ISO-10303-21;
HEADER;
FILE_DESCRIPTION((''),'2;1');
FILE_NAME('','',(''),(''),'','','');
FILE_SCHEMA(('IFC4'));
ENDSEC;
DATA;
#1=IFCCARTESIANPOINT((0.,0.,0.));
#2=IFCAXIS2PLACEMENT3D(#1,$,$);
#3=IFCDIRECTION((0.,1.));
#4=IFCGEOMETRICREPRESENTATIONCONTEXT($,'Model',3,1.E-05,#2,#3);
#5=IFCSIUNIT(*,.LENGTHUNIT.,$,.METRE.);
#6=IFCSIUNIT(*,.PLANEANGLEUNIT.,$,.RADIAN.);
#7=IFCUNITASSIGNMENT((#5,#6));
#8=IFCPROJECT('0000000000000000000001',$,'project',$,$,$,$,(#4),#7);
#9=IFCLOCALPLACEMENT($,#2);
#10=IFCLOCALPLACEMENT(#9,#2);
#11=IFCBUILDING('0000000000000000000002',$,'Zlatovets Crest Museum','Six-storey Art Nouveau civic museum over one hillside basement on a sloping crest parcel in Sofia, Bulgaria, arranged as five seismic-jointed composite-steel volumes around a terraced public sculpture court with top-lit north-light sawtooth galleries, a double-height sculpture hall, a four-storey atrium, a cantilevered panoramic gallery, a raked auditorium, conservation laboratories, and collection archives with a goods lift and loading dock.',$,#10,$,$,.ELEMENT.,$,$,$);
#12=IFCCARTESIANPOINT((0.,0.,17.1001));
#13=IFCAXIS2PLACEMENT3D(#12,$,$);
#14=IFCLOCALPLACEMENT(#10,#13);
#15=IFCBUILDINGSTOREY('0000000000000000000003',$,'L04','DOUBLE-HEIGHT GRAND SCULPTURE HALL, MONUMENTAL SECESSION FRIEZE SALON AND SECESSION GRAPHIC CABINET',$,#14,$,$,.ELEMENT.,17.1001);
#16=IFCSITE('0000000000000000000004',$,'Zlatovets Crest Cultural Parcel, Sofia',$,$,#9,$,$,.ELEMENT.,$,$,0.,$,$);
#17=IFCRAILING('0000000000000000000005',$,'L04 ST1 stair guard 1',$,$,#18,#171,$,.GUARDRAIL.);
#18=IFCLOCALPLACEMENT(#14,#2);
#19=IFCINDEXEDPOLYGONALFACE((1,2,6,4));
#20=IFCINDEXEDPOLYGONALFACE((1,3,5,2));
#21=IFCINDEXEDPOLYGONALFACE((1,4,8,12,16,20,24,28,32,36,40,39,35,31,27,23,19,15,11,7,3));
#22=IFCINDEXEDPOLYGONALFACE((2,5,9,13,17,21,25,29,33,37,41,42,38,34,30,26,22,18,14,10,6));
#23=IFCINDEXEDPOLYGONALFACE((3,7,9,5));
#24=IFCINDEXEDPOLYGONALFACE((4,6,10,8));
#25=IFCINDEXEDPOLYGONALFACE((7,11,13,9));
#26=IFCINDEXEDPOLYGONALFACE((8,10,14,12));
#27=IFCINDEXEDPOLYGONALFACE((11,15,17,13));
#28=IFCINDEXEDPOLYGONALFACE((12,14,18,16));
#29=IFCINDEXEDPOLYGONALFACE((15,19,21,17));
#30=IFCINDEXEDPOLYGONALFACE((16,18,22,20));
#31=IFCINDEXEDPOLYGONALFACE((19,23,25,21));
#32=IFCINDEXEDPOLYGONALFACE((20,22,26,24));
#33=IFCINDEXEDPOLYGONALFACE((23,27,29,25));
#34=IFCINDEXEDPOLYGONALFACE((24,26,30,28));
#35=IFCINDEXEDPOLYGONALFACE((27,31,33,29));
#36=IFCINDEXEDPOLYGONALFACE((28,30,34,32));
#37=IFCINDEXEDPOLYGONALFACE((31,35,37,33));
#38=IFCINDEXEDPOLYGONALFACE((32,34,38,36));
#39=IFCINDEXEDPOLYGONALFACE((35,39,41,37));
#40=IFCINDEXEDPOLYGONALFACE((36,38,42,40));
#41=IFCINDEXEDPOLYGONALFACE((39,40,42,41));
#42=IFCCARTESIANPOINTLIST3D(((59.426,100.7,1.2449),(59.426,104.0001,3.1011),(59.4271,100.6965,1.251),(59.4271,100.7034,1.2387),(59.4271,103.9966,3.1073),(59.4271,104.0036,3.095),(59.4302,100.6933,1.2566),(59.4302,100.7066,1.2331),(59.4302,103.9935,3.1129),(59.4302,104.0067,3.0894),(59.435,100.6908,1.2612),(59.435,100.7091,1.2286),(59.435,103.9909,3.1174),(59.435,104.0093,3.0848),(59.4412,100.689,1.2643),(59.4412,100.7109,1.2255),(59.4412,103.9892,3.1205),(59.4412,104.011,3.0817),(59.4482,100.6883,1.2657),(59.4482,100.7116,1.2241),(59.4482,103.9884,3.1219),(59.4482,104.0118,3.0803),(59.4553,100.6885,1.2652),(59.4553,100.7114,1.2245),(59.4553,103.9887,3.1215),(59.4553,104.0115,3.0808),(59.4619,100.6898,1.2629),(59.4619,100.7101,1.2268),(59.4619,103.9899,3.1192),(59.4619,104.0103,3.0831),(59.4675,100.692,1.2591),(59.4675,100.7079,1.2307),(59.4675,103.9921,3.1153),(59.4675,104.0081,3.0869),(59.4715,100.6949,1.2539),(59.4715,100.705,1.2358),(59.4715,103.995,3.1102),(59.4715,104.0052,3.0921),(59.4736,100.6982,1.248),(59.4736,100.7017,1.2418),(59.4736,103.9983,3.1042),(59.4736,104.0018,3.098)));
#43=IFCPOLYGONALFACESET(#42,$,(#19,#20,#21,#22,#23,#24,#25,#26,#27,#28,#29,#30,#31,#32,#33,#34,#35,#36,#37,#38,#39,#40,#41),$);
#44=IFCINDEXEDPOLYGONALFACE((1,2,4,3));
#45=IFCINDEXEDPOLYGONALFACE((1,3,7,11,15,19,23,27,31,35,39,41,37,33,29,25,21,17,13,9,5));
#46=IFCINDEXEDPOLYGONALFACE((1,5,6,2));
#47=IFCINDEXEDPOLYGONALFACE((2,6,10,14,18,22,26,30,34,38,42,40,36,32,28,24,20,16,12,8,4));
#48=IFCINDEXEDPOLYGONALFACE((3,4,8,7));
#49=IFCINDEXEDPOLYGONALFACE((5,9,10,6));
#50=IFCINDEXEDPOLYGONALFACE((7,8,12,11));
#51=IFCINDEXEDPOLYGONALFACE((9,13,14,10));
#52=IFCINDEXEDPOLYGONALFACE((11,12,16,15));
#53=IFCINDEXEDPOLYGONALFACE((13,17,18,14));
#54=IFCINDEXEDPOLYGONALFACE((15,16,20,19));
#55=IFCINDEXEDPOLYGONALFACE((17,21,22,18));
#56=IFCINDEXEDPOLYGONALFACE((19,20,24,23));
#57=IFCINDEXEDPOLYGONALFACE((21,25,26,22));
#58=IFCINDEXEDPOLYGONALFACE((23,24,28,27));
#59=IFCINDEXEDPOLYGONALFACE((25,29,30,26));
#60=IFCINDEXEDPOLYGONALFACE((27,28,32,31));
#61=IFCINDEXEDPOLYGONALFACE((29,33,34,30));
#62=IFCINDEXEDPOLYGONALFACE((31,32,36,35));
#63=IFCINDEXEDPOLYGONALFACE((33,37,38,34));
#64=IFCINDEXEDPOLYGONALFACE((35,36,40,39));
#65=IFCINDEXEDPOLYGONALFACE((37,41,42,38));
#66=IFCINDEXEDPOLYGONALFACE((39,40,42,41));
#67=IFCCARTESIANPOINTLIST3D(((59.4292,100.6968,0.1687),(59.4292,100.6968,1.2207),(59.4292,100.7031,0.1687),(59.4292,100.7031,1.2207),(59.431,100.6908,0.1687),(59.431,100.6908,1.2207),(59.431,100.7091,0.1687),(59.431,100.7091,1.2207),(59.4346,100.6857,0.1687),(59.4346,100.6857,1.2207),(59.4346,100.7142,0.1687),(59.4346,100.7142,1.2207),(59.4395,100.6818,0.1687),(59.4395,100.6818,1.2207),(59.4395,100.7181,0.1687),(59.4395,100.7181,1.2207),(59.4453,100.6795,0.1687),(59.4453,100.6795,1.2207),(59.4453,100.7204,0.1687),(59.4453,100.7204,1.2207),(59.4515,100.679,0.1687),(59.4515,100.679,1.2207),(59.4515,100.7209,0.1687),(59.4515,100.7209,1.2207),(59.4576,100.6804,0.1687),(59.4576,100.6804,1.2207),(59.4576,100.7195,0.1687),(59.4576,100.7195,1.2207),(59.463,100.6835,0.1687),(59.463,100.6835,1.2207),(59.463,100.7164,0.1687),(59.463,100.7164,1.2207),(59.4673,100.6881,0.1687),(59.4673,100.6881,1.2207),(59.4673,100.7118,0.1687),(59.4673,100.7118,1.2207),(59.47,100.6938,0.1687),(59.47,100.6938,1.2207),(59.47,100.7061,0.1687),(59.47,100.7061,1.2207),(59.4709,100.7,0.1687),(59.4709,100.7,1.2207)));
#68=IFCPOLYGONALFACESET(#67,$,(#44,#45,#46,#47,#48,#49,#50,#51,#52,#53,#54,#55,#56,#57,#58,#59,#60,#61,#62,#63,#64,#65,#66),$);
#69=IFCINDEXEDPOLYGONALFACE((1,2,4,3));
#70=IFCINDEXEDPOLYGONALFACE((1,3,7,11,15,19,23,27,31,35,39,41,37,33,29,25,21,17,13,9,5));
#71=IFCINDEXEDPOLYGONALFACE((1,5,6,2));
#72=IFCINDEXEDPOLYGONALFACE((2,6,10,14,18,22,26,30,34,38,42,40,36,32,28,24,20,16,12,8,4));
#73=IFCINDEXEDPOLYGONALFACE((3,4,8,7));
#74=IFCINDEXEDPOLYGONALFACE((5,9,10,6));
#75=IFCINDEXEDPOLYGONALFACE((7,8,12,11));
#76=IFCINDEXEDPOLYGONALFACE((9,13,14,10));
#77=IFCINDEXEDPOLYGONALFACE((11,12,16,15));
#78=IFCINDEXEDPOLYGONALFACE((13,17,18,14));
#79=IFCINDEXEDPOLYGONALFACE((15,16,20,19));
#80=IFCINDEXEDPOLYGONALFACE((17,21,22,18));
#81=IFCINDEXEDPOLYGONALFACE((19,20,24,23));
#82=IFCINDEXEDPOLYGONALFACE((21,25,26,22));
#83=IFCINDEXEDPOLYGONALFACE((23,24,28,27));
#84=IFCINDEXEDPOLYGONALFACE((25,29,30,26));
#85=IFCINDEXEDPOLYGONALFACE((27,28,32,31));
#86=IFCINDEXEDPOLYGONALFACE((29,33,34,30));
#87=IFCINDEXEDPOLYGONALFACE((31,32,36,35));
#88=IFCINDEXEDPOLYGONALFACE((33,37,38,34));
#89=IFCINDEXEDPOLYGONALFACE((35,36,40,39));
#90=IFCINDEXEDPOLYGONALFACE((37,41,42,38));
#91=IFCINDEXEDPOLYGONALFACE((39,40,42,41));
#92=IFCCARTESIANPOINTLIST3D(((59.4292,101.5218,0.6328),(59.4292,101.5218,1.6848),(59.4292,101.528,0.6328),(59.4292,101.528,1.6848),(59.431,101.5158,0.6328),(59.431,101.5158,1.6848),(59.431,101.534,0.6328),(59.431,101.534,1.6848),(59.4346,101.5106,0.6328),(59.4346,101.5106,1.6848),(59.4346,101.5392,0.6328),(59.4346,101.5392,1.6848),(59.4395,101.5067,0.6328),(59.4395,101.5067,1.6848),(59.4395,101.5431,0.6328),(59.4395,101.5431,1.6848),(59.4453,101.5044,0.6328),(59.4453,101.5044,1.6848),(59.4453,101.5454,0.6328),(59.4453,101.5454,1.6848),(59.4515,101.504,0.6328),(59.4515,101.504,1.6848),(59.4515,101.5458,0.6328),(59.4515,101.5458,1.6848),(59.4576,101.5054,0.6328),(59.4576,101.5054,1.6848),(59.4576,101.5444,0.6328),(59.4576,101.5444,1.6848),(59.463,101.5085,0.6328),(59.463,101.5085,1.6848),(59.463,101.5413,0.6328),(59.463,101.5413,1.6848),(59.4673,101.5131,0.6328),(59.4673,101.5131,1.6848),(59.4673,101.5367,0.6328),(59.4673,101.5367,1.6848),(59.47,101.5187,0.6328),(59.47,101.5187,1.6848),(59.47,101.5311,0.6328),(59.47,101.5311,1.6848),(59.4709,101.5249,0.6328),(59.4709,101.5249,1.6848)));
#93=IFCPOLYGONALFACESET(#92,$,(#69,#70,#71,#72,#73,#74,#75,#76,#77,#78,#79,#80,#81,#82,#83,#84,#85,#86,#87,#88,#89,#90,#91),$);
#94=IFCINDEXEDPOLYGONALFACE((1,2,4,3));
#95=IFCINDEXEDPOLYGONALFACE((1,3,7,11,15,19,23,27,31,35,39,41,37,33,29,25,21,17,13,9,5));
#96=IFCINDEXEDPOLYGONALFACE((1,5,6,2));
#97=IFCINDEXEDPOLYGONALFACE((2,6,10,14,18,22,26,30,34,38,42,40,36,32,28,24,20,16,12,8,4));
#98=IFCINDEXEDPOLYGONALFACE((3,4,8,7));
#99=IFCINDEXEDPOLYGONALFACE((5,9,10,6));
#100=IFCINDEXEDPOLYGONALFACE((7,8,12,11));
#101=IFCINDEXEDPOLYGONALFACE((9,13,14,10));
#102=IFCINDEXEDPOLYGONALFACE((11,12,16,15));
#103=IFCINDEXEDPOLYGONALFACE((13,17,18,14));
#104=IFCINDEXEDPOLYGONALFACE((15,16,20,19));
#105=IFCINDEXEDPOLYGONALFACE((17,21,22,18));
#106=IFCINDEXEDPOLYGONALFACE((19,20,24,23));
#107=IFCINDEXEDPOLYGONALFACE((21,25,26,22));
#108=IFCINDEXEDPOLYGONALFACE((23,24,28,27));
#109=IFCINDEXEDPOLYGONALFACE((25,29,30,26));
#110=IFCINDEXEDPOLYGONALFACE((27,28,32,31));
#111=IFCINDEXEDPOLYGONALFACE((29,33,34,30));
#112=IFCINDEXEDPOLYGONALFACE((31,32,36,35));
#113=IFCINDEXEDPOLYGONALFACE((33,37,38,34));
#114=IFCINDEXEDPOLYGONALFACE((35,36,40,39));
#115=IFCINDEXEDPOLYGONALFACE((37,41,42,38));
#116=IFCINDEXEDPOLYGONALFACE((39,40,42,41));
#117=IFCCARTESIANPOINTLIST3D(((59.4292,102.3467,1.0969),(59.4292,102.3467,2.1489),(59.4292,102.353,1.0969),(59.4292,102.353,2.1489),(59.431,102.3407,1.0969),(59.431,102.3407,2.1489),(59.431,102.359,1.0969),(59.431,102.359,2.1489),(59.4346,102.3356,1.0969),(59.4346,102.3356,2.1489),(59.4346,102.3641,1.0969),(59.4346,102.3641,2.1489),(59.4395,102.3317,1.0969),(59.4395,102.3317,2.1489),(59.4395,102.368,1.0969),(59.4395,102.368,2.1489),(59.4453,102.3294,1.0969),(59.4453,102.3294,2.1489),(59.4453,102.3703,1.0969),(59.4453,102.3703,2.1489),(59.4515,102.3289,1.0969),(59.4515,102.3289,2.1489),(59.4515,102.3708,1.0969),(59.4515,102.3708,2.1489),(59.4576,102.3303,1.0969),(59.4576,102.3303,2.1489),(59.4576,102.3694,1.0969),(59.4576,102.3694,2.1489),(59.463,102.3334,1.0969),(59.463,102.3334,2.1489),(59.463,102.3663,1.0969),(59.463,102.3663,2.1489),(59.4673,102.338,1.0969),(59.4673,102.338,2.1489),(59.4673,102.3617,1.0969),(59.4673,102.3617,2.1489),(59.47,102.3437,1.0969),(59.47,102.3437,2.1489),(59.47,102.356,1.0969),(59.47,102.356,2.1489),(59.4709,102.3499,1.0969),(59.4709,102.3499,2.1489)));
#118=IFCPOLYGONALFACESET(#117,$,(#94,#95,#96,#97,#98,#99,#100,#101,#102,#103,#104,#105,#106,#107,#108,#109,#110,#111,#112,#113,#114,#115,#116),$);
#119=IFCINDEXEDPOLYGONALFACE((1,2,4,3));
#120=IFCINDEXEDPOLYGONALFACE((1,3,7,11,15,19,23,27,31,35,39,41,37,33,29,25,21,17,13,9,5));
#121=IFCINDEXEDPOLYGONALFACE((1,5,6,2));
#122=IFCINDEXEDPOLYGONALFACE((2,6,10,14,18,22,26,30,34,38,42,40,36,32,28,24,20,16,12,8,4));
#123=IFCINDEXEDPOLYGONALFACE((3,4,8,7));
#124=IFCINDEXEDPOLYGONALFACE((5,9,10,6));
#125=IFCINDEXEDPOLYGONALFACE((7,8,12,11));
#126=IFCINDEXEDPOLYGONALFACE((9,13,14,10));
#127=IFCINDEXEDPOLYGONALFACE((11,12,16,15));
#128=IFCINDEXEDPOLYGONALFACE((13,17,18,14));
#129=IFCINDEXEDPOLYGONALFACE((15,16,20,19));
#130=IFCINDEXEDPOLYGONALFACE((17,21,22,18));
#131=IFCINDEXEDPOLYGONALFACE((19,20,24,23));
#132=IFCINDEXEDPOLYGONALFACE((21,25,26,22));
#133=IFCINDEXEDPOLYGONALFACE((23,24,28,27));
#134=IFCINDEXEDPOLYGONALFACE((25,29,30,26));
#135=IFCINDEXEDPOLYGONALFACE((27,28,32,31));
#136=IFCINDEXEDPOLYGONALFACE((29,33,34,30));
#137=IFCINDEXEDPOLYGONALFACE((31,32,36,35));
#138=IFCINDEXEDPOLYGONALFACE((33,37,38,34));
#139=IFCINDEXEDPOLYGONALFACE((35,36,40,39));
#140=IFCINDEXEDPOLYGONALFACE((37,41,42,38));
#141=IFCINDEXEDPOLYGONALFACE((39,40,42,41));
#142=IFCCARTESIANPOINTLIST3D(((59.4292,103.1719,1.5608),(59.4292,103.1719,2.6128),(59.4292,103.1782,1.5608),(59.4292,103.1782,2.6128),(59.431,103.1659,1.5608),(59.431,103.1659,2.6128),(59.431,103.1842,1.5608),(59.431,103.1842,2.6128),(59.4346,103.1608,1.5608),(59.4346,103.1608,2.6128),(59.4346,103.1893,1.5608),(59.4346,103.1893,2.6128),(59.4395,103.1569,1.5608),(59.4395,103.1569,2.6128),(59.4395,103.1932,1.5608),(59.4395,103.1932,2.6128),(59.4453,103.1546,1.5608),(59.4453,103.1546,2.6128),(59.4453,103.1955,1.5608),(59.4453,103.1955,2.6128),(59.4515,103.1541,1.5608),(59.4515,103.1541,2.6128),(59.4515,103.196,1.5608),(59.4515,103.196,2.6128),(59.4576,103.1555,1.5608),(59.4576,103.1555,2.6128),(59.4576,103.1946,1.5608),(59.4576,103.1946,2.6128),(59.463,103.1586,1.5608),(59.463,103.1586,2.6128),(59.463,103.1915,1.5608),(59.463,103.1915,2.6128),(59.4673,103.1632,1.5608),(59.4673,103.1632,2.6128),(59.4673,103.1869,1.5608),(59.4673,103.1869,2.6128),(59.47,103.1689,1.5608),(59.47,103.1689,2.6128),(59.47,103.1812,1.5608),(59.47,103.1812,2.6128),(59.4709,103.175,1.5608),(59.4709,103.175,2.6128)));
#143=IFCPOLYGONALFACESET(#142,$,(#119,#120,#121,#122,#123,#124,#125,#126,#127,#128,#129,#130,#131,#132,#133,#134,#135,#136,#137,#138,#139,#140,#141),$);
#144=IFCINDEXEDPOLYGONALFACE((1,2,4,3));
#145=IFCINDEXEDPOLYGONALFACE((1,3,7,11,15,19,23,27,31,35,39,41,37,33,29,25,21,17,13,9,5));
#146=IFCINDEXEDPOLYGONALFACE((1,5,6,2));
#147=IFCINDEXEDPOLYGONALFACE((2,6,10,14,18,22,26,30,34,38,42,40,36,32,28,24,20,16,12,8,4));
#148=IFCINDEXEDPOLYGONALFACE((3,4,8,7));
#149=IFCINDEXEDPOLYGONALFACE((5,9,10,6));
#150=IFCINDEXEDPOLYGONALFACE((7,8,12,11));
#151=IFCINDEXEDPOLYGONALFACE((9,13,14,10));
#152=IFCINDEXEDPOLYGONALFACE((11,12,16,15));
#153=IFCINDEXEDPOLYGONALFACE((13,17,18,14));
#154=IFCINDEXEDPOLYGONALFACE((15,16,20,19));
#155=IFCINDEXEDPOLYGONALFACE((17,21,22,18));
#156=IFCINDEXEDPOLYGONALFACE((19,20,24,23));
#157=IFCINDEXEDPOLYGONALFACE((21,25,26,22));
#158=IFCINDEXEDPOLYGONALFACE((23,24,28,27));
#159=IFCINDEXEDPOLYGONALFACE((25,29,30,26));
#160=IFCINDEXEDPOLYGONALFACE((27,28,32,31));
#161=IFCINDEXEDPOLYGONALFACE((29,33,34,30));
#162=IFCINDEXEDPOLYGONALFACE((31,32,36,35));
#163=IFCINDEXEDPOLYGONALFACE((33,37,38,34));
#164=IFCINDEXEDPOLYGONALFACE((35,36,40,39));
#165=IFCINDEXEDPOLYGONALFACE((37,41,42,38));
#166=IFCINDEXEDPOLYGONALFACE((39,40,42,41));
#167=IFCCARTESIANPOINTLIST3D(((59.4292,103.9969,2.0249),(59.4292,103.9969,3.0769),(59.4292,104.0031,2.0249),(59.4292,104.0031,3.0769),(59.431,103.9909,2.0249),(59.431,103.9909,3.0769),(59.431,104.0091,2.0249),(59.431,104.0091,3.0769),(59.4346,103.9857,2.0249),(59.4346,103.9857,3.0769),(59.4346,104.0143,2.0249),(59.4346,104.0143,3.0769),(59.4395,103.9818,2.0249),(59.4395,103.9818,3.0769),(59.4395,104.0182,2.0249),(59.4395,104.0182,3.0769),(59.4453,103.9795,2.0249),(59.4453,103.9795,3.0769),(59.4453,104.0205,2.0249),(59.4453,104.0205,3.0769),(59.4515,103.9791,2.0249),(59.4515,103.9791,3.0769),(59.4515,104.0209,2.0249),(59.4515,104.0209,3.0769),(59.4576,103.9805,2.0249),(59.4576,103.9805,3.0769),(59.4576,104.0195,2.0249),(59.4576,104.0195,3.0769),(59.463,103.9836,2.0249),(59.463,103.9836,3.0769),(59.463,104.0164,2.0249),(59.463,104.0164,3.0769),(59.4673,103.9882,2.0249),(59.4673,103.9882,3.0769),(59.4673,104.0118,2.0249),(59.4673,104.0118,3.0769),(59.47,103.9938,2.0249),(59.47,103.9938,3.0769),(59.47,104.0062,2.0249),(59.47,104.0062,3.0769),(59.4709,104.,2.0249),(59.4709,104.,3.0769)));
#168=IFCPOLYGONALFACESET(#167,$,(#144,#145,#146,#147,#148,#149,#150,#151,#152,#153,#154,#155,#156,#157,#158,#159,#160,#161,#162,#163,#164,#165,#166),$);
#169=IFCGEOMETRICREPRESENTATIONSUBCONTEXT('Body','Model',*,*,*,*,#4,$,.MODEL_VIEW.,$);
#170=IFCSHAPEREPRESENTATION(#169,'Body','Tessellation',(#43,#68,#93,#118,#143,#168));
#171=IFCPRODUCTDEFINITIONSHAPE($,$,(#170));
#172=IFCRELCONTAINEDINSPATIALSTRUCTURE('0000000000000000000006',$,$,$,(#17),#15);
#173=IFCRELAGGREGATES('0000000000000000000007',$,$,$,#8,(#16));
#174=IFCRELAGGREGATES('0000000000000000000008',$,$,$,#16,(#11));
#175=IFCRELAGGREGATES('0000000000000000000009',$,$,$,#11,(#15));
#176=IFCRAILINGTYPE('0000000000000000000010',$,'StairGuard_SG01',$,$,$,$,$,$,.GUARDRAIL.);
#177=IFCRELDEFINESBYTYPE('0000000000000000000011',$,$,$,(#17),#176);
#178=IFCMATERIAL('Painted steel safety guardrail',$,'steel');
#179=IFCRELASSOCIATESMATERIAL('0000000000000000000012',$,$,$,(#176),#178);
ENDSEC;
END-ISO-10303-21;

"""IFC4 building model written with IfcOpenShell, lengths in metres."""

from ifc_helpers import new_model, si_unit, direction, frame, origin, origin_2d, place, context, subcontext, project, spatial, circle, extrude, material, type_object, element, save


model = new_model("IFC4")

# Units and contexts
model_context = context("Model", 3, precision=1e-05, world=origin(), true_north=direction((0.0, 1.0)))
body_context = subcontext(model_context, "Body", "Model", "MODEL_VIEW")
ifc_project = project(units=[si_unit("LENGTHUNIT", "METRE"), si_unit("PLANEANGLEUNIT", "RADIAN")], contexts=[model_context])

# Site, building, storey
site_placement = place(None, origin())
site = spatial("IfcSite", under=ifc_project, at=site_placement, Name="Zlatovets Crest Cultural Parcel, Sofia", CompositionType="ELEMENT", RefElevation=0.0)
building_placement = place(site_placement, origin())
building = spatial("IfcBuilding", under=site, at=building_placement, Name="Zlatovets Crest Museum", Description="Six-storey Art Nouveau civic museum over one hillside basement on a sloping crest parcel in Sofia, Bulgaria, arranged as five seismic-jointed composite-steel volumes around a terraced public sculpture court with top-lit north-light sawtooth galleries, a double-height sculpture hall, a four-storey atrium, a cantilevered panoramic gallery, a raked auditorium, conservation laboratories, and collection archives with a goods lift and loading dock.", CompositionType="ELEMENT")
storey_placement = place(building_placement, frame((0.0, 0.0, 17.1001)))
storey = spatial("IfcBuildingStorey", under=building, at=storey_placement, Name="L04", Description="DOUBLE-HEIGHT GRAND SCULPTURE HALL, MONUMENTAL SECESSION FRIEZE SALON AND SECESSION GRAPHIC CABINET", CompositionType="ELEMENT", Elevation=17.1001)

# Railing
ifc_material_1 = material(Name="Painted steel safety guardrail", Category="steel")
railing_type = type_object("IfcRailingType", Name="StairGuard_SG01", PredefinedType="GUARDRAIL", material=ifc_material_1)
railing_1_placement = place(storey_placement, frame((59.45, 100.7, 0.1687)))
element("IfcRailing", 1, at=railing_1_placement, inside=storey, type_object=railing_type, Name="L04 ST1 stair guard 1", PredefinedType="GUARDRAIL", context=body_context, shape_type="SweptSolid", body=[
    extrude(circle(Radius=0.0239, at=origin_2d()), frame((0.0, 0.0, 1.0762), z_axis=(0.0, 0.871584, 0.490246), x_axis=(-1.0, 0.0, 0.0)), (0.0, 0.0, 1.0), 3.7864),
    extrude(circle(Radius=0.021, at=origin_2d()), origin(), (0.0, 0.0, 1.0), 1.052),
    extrude(circle(Radius=0.021, at=origin_2d()), frame((0.0, 0.825, 0.4641)), (0.0, 0.0, 1.0), 1.052),
    extrude(circle(Radius=0.021, at=origin_2d()), frame((0.0, 1.6499, 0.9282)), (0.0, 0.0, 1.0), 1.052),
    extrude(circle(Radius=0.021, at=origin_2d()), frame((0.0, 2.4751, 1.3921)), (0.0, 0.0, 1.0), 1.052),
    extrude(circle(Radius=0.021, at=origin_2d()), frame((0.0, 3.3, 1.8562)), (0.0, 0.0, 1.0), 1.052),
])

save(model, "model.ifc")
